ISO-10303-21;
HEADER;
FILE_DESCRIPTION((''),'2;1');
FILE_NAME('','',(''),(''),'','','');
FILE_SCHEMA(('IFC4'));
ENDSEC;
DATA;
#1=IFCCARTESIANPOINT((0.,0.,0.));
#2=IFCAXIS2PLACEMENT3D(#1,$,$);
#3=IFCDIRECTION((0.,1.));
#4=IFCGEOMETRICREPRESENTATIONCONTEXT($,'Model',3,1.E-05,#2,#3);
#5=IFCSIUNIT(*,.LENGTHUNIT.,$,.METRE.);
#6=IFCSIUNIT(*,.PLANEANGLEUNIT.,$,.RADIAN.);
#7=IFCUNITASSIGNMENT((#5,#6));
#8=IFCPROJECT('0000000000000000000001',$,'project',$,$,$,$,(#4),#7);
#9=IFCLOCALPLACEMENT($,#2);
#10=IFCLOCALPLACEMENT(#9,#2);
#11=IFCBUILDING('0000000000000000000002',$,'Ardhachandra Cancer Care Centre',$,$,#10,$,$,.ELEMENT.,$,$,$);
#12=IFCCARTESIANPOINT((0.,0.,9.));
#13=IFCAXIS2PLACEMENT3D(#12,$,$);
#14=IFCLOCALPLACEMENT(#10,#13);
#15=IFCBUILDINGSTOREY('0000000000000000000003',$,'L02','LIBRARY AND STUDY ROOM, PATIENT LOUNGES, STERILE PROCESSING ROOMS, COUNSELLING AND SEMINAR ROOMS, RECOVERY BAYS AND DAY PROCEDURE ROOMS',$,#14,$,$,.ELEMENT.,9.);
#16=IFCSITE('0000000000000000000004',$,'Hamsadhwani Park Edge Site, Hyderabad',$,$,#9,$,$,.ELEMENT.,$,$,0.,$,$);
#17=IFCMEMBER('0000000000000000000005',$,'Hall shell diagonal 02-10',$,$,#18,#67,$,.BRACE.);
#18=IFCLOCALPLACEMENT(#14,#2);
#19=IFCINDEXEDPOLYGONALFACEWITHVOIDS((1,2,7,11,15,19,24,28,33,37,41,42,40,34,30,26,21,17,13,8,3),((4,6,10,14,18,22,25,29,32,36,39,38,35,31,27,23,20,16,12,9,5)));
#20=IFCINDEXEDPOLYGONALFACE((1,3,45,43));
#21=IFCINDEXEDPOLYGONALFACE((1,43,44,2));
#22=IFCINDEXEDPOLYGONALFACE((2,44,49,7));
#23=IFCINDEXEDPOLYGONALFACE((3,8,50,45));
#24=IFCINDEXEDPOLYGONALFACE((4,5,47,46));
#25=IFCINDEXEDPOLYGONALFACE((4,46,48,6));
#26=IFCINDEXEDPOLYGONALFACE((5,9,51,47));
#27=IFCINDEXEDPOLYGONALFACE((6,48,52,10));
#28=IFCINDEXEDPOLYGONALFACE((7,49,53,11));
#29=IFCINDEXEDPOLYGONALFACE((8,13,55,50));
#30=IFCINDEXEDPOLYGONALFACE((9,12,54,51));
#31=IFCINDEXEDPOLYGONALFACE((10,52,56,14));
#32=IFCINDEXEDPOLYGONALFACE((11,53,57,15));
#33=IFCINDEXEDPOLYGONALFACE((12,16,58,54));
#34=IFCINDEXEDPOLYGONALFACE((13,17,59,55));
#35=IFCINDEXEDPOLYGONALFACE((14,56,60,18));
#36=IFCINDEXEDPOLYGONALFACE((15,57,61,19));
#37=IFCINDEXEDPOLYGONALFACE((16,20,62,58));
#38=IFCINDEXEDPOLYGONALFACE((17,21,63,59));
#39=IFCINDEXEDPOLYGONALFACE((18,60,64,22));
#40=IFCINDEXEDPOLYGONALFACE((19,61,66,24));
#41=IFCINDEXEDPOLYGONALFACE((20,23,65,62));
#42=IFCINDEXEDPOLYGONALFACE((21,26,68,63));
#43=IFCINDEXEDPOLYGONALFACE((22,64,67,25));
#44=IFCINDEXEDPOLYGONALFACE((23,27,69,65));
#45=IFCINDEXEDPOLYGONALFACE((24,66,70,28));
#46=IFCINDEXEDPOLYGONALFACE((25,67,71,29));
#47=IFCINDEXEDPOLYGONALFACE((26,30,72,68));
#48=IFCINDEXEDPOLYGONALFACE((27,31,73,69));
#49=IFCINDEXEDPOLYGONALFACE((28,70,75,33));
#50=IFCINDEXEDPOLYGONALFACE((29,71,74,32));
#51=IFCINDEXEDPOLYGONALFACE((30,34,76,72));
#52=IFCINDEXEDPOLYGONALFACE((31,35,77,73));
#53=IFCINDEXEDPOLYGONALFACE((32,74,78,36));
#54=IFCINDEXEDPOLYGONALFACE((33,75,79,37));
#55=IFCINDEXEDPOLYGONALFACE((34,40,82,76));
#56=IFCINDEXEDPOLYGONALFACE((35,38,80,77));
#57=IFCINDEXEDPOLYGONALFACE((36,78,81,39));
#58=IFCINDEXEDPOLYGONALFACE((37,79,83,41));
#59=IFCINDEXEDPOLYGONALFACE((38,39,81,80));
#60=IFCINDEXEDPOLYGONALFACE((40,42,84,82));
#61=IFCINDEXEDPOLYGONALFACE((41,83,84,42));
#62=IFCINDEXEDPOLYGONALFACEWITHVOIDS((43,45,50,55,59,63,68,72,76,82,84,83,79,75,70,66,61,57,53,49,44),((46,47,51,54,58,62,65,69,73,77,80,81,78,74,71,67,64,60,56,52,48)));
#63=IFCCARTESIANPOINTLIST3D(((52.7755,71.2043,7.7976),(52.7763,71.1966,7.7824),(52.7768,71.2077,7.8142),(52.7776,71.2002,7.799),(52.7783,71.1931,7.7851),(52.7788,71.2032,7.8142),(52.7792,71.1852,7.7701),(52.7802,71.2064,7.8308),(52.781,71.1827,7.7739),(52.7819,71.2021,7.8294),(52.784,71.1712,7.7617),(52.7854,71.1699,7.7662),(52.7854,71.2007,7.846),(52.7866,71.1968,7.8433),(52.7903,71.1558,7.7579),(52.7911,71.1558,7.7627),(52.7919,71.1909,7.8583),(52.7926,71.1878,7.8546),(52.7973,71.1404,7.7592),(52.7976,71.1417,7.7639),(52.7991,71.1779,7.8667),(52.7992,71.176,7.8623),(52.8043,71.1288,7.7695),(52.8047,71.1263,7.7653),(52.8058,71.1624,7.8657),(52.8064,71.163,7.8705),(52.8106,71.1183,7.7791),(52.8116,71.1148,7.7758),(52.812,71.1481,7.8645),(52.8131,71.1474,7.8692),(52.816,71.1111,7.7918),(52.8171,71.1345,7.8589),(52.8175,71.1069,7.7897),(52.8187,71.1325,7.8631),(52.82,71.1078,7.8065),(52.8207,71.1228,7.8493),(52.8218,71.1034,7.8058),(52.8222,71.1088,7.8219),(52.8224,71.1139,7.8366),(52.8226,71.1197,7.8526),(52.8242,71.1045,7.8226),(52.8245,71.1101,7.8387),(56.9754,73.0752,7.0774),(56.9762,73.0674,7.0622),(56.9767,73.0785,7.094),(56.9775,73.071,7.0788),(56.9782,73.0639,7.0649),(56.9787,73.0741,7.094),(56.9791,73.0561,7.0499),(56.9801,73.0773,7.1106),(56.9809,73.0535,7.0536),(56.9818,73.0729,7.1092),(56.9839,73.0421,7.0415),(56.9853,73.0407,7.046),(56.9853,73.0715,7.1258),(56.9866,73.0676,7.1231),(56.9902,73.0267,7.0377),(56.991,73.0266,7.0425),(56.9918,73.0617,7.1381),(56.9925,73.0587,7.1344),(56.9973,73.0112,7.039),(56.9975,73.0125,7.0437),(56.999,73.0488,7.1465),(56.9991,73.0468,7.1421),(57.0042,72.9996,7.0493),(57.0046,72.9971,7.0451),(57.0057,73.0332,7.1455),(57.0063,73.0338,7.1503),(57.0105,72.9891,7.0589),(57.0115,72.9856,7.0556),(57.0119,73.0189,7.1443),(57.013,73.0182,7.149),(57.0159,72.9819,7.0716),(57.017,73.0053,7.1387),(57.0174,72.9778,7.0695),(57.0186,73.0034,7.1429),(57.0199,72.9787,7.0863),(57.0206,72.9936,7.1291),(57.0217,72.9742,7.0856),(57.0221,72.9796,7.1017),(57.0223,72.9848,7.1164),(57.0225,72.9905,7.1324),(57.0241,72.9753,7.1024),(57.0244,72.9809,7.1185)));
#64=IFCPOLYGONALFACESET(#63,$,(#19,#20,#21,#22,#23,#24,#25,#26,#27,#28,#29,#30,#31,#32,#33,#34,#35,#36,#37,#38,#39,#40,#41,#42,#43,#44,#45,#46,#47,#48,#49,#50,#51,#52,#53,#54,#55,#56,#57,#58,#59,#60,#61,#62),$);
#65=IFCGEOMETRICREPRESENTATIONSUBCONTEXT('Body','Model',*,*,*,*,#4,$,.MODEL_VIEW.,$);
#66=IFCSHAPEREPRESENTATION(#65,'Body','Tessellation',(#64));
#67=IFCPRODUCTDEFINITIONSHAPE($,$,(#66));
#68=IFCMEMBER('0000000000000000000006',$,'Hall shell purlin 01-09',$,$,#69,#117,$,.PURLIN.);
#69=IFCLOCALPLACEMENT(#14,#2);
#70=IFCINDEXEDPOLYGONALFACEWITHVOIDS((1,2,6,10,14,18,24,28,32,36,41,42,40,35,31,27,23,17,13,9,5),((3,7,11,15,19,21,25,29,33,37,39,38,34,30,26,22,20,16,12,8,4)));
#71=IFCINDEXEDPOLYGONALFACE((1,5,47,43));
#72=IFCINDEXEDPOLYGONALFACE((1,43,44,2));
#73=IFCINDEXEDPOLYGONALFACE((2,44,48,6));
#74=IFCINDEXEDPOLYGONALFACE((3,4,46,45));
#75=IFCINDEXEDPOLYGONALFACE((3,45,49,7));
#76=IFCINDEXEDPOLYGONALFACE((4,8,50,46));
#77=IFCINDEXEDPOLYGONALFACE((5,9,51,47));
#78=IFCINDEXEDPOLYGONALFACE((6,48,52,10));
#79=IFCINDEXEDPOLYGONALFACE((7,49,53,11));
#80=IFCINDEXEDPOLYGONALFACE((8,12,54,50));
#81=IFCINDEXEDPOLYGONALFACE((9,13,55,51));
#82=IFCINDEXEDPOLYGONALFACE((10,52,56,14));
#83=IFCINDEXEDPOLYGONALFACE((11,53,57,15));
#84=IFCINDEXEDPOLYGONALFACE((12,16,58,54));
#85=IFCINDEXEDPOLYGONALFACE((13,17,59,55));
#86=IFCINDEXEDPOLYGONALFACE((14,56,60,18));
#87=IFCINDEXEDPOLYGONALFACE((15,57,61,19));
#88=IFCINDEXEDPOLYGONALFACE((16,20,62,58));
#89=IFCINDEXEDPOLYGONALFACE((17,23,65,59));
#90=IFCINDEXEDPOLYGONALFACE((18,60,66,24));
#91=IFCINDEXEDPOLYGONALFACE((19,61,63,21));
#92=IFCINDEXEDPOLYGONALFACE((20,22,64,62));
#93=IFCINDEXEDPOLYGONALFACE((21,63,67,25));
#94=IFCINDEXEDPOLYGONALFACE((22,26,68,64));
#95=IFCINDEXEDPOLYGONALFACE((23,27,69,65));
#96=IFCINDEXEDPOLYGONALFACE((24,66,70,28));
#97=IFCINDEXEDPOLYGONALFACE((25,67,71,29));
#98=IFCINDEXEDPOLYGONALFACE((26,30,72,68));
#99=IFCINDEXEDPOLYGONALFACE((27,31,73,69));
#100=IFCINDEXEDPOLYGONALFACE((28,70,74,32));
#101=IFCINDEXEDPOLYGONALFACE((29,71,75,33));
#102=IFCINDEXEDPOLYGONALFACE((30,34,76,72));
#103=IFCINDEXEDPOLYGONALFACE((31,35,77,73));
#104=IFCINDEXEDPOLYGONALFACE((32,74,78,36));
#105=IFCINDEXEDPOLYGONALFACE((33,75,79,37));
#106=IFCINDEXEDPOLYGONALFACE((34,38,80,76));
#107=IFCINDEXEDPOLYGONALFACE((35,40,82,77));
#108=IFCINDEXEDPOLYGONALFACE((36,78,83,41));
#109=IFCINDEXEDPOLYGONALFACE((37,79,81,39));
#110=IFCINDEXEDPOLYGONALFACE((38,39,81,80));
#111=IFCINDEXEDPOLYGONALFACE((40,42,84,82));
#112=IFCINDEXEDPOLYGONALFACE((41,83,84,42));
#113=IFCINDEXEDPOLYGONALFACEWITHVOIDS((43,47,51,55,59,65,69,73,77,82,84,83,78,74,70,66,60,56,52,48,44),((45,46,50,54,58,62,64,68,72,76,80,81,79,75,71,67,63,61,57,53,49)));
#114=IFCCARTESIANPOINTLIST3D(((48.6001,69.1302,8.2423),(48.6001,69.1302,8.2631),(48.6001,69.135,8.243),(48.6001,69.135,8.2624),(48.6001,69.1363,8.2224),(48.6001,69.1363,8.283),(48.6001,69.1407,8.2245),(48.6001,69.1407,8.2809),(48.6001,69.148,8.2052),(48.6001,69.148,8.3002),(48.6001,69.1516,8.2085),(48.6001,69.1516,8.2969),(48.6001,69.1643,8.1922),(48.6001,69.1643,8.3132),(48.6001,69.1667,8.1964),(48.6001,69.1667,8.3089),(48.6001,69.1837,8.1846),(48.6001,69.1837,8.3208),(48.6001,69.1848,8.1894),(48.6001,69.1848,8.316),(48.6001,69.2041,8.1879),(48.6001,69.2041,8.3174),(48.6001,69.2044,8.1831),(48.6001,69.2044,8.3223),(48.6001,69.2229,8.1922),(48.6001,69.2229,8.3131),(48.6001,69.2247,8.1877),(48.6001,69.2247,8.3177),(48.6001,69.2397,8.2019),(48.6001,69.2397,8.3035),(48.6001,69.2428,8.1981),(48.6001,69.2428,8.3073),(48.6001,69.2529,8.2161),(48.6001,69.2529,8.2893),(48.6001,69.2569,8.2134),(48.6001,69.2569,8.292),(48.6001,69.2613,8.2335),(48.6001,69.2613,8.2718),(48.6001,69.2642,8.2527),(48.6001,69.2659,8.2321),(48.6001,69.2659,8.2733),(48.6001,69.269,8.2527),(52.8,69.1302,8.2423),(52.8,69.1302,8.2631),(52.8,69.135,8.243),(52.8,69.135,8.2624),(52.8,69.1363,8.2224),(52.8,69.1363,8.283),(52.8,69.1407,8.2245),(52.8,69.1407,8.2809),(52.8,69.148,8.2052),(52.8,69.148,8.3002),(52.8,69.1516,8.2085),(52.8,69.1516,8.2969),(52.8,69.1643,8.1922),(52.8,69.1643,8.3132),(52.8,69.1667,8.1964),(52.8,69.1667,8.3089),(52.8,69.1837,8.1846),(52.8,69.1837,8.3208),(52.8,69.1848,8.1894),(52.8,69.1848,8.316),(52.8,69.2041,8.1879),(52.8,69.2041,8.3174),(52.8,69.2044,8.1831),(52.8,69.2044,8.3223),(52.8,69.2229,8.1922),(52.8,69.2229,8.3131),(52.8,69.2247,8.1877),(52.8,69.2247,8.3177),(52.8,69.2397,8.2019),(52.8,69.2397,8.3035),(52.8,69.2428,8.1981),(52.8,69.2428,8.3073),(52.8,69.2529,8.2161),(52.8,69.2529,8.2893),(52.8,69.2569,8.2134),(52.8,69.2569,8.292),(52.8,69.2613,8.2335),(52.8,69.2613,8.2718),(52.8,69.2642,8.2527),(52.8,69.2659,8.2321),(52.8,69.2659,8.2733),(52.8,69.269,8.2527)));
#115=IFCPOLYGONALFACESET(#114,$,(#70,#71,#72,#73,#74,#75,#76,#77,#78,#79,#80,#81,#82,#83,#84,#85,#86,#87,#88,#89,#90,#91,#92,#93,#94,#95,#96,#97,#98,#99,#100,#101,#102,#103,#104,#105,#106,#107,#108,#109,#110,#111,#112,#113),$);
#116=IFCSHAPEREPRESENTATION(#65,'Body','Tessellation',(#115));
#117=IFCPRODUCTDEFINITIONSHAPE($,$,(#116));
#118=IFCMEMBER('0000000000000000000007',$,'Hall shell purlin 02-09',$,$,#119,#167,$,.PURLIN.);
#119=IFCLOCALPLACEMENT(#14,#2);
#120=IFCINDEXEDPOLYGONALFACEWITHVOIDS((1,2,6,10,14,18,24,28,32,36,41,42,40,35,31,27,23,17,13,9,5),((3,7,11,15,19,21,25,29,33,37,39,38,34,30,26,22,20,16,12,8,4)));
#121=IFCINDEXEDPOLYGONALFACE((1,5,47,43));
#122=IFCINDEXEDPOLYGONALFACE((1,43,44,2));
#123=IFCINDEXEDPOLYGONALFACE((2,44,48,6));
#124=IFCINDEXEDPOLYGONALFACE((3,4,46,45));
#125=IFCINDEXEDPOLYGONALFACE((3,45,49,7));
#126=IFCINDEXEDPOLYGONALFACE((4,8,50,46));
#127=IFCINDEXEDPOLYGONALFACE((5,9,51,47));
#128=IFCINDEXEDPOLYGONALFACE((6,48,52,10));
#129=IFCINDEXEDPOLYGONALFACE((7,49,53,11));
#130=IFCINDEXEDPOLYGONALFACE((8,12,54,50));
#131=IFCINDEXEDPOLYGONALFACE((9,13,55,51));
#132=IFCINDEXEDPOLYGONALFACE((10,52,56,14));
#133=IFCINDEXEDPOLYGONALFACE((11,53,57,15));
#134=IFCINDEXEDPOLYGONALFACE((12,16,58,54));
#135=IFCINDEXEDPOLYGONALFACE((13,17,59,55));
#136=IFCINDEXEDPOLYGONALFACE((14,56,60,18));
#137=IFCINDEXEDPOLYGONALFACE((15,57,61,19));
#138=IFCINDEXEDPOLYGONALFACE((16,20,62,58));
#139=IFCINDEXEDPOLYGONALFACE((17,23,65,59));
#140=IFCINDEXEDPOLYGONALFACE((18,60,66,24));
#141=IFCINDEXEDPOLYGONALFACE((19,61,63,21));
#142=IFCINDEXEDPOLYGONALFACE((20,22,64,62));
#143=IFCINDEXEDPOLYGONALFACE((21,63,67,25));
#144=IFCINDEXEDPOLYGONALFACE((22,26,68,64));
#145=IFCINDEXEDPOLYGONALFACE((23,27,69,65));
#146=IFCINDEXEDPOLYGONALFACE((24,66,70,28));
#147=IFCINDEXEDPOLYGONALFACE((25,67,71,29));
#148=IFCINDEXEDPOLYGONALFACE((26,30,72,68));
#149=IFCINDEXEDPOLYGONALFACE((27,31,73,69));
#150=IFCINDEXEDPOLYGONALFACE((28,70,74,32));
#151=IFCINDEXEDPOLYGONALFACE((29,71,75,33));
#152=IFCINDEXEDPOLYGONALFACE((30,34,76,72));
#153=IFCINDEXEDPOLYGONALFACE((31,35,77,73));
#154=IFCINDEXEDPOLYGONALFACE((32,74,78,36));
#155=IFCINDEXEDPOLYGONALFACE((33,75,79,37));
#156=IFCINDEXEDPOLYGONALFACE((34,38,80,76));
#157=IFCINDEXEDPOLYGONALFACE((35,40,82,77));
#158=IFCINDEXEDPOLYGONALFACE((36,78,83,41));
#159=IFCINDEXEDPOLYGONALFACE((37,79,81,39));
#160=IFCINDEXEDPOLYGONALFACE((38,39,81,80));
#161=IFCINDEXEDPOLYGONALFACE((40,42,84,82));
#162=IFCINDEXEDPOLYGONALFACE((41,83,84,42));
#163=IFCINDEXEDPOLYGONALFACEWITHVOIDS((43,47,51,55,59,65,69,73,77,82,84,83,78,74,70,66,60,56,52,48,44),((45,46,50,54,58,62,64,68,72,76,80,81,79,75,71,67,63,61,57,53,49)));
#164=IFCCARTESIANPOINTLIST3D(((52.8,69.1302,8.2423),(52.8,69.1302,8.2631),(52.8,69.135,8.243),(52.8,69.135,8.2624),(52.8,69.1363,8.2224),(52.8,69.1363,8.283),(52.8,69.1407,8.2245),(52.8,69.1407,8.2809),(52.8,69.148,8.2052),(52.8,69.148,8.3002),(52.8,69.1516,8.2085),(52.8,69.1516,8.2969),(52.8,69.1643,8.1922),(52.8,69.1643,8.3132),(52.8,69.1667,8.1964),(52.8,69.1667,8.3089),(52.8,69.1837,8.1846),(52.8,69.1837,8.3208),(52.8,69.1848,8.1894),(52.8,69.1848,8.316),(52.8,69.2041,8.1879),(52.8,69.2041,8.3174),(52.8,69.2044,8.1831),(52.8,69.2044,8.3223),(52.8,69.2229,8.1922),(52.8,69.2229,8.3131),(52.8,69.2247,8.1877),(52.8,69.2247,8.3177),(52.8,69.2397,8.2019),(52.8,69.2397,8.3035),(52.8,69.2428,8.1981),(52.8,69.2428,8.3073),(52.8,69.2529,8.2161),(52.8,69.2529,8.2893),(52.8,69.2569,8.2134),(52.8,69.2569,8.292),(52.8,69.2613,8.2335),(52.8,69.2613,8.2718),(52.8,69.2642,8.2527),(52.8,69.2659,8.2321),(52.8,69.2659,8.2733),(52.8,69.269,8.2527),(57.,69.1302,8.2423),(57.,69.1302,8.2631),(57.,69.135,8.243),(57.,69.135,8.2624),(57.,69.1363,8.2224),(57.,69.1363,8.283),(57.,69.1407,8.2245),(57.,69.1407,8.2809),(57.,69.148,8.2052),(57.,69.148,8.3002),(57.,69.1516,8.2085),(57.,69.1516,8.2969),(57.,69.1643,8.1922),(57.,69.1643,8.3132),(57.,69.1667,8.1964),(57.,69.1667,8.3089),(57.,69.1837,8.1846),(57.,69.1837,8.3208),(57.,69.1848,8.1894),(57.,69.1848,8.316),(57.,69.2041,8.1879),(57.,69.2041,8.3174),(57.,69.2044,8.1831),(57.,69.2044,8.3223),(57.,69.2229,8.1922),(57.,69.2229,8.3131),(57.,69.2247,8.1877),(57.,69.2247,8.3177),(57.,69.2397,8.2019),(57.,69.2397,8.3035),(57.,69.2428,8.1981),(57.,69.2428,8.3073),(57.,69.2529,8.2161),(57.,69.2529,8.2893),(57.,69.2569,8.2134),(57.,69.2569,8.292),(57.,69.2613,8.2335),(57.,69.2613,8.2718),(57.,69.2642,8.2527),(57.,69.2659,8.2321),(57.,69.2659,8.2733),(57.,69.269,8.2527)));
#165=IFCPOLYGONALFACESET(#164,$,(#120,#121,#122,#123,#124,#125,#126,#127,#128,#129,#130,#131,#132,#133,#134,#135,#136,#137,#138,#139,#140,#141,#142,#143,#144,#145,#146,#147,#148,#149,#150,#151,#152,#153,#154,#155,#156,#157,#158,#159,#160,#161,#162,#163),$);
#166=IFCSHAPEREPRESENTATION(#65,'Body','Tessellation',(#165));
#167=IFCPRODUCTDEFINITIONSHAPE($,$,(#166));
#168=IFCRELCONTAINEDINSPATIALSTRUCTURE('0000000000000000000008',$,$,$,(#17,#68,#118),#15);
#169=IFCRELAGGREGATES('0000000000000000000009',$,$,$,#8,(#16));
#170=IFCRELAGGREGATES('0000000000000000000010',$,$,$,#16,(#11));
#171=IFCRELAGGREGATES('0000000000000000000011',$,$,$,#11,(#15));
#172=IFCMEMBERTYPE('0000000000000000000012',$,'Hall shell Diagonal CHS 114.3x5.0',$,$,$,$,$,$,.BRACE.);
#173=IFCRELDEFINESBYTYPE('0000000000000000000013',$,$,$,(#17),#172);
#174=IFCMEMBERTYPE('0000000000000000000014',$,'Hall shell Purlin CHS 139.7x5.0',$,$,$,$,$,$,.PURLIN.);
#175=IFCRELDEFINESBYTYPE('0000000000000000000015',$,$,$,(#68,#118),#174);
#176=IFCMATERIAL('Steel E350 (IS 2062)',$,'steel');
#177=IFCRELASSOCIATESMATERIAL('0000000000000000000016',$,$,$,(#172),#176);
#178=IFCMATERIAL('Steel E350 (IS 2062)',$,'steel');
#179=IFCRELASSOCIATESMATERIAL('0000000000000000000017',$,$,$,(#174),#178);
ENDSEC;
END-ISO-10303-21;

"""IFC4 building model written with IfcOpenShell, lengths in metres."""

from ifc_helpers import new_model, si_unit, direction, frame, origin, origin_2d, place, context, subcontext, project, spatial, hollow_circle, extrude, material, material_profile, profile_set, type_object, element, save


model = new_model("IFC4")

# Units and contexts
model_context = context("Model", 3, precision=1e-05, world=origin(), true_north=direction((0.0, 1.0)))
body_context = subcontext(model_context, "Body", "Model", "MODEL_VIEW")
ifc_project = project(units=[si_unit("LENGTHUNIT", "METRE"), si_unit("PLANEANGLEUNIT", "RADIAN")], contexts=[model_context])

# Site, building, storey
site_placement = place(None, origin())
site = spatial("IfcSite", under=ifc_project, at=site_placement, Name="Hamsadhwani Park Edge Site, Hyderabad", CompositionType="ELEMENT", RefElevation=0.0)
building_placement = place(site_placement, origin())
building = spatial("IfcBuilding", under=site, at=building_placement, Name="Ardhachandra Cancer Care Centre", CompositionType="ELEMENT")
storey_placement = place(building_placement, frame((0.0, 0.0, 9.0)))
storey = spatial("IfcBuildingStorey", under=building, at=storey_placement, Name="L02", Description="LIBRARY AND STUDY ROOM, PATIENT LOUNGES, STERILE PROCESSING ROOMS, COUNSELLING AND SEMINAR ROOMS, RECOVERY BAYS AND DAY PROCEDURE ROOMS", CompositionType="ELEMENT", Elevation=9.0)

# Members
ifc_material_1 = material(Name="Steel E350 (IS 2062)", Category="steel")
ifc_material_profile_1 = material_profile(ifc_material_1, hollow_circle(Radius=0.0571, WallThickness=0.0049, at=origin_2d()), Name="CHS 114.3x5.0")
ifc_profile_set_1 = profile_set([ifc_material_profile_1], Name="Steel E350 (IS 2062)")
member_type_1 = type_object("IfcMemberType", Name="Hall shell Diagonal CHS 114.3x5.0", PredefinedType="BRACE", material=ifc_profile_set_1)
for number, where, z_axis, x_axis, name in (
    (1, (52.8, 71.1555, 7.8142), (0.902467, 0.402, -0.154757), (-0.406902, 0.913472, 0.0), "Hall shell diagonal 02-10"),
):
    element("IfcMember", number, at=place(storey_placement, frame(where, z_axis=z_axis, x_axis=x_axis)), inside=storey, type_object=member_type_1, Name=name, PredefinedType="BRACE", context=body_context, shape_type="SweptSolid", body=[
        extrude(hollow_circle(Radius=0.0571, WallThickness=0.0049, at=origin_2d()), origin(), (0.0, 0.0, 1.0), 4.6538),
    ])
ifc_material_2 = material(Name="Steel E350 (IS 2062)", Category="steel")
ifc_material_profile_2 = material_profile(ifc_material_2, hollow_circle(Radius=0.0698, WallThickness=0.0049, at=origin_2d()), Name="CHS 139.7x5.0")
ifc_profile_set_2 = profile_set([ifc_material_profile_2], Name="Steel E350 (IS 2062)")
member_type_2 = type_object("IfcMemberType", Name="Hall shell Purlin CHS 139.7x5.0", PredefinedType="PURLIN", material=ifc_profile_set_2)
for number, where, z_axis, x_axis, name in (
    (2, (48.6001, 69.1992, 8.2527), (1.0, 0.0, 0.0), (0.0, 1.0, 0.0), "Hall shell purlin 01-09"),
    (3, (52.8, 69.1992, 8.2527), (1.0, 0.0, 0.0), (0.0, 1.0, 0.0), "Hall shell purlin 02-09"),
):
    element("IfcMember", number, at=place(storey_placement, frame(where, z_axis=z_axis, x_axis=x_axis)), inside=storey, type_object=member_type_2, Name=name, PredefinedType="PURLIN", context=body_context, shape_type="SweptSolid", body=[
        extrude(hollow_circle(Radius=0.0698, WallThickness=0.0049, at=origin_2d()), origin(), (0.0, 0.0, 1.0), 4.2),
    ])

save(model, "model.ifc")
